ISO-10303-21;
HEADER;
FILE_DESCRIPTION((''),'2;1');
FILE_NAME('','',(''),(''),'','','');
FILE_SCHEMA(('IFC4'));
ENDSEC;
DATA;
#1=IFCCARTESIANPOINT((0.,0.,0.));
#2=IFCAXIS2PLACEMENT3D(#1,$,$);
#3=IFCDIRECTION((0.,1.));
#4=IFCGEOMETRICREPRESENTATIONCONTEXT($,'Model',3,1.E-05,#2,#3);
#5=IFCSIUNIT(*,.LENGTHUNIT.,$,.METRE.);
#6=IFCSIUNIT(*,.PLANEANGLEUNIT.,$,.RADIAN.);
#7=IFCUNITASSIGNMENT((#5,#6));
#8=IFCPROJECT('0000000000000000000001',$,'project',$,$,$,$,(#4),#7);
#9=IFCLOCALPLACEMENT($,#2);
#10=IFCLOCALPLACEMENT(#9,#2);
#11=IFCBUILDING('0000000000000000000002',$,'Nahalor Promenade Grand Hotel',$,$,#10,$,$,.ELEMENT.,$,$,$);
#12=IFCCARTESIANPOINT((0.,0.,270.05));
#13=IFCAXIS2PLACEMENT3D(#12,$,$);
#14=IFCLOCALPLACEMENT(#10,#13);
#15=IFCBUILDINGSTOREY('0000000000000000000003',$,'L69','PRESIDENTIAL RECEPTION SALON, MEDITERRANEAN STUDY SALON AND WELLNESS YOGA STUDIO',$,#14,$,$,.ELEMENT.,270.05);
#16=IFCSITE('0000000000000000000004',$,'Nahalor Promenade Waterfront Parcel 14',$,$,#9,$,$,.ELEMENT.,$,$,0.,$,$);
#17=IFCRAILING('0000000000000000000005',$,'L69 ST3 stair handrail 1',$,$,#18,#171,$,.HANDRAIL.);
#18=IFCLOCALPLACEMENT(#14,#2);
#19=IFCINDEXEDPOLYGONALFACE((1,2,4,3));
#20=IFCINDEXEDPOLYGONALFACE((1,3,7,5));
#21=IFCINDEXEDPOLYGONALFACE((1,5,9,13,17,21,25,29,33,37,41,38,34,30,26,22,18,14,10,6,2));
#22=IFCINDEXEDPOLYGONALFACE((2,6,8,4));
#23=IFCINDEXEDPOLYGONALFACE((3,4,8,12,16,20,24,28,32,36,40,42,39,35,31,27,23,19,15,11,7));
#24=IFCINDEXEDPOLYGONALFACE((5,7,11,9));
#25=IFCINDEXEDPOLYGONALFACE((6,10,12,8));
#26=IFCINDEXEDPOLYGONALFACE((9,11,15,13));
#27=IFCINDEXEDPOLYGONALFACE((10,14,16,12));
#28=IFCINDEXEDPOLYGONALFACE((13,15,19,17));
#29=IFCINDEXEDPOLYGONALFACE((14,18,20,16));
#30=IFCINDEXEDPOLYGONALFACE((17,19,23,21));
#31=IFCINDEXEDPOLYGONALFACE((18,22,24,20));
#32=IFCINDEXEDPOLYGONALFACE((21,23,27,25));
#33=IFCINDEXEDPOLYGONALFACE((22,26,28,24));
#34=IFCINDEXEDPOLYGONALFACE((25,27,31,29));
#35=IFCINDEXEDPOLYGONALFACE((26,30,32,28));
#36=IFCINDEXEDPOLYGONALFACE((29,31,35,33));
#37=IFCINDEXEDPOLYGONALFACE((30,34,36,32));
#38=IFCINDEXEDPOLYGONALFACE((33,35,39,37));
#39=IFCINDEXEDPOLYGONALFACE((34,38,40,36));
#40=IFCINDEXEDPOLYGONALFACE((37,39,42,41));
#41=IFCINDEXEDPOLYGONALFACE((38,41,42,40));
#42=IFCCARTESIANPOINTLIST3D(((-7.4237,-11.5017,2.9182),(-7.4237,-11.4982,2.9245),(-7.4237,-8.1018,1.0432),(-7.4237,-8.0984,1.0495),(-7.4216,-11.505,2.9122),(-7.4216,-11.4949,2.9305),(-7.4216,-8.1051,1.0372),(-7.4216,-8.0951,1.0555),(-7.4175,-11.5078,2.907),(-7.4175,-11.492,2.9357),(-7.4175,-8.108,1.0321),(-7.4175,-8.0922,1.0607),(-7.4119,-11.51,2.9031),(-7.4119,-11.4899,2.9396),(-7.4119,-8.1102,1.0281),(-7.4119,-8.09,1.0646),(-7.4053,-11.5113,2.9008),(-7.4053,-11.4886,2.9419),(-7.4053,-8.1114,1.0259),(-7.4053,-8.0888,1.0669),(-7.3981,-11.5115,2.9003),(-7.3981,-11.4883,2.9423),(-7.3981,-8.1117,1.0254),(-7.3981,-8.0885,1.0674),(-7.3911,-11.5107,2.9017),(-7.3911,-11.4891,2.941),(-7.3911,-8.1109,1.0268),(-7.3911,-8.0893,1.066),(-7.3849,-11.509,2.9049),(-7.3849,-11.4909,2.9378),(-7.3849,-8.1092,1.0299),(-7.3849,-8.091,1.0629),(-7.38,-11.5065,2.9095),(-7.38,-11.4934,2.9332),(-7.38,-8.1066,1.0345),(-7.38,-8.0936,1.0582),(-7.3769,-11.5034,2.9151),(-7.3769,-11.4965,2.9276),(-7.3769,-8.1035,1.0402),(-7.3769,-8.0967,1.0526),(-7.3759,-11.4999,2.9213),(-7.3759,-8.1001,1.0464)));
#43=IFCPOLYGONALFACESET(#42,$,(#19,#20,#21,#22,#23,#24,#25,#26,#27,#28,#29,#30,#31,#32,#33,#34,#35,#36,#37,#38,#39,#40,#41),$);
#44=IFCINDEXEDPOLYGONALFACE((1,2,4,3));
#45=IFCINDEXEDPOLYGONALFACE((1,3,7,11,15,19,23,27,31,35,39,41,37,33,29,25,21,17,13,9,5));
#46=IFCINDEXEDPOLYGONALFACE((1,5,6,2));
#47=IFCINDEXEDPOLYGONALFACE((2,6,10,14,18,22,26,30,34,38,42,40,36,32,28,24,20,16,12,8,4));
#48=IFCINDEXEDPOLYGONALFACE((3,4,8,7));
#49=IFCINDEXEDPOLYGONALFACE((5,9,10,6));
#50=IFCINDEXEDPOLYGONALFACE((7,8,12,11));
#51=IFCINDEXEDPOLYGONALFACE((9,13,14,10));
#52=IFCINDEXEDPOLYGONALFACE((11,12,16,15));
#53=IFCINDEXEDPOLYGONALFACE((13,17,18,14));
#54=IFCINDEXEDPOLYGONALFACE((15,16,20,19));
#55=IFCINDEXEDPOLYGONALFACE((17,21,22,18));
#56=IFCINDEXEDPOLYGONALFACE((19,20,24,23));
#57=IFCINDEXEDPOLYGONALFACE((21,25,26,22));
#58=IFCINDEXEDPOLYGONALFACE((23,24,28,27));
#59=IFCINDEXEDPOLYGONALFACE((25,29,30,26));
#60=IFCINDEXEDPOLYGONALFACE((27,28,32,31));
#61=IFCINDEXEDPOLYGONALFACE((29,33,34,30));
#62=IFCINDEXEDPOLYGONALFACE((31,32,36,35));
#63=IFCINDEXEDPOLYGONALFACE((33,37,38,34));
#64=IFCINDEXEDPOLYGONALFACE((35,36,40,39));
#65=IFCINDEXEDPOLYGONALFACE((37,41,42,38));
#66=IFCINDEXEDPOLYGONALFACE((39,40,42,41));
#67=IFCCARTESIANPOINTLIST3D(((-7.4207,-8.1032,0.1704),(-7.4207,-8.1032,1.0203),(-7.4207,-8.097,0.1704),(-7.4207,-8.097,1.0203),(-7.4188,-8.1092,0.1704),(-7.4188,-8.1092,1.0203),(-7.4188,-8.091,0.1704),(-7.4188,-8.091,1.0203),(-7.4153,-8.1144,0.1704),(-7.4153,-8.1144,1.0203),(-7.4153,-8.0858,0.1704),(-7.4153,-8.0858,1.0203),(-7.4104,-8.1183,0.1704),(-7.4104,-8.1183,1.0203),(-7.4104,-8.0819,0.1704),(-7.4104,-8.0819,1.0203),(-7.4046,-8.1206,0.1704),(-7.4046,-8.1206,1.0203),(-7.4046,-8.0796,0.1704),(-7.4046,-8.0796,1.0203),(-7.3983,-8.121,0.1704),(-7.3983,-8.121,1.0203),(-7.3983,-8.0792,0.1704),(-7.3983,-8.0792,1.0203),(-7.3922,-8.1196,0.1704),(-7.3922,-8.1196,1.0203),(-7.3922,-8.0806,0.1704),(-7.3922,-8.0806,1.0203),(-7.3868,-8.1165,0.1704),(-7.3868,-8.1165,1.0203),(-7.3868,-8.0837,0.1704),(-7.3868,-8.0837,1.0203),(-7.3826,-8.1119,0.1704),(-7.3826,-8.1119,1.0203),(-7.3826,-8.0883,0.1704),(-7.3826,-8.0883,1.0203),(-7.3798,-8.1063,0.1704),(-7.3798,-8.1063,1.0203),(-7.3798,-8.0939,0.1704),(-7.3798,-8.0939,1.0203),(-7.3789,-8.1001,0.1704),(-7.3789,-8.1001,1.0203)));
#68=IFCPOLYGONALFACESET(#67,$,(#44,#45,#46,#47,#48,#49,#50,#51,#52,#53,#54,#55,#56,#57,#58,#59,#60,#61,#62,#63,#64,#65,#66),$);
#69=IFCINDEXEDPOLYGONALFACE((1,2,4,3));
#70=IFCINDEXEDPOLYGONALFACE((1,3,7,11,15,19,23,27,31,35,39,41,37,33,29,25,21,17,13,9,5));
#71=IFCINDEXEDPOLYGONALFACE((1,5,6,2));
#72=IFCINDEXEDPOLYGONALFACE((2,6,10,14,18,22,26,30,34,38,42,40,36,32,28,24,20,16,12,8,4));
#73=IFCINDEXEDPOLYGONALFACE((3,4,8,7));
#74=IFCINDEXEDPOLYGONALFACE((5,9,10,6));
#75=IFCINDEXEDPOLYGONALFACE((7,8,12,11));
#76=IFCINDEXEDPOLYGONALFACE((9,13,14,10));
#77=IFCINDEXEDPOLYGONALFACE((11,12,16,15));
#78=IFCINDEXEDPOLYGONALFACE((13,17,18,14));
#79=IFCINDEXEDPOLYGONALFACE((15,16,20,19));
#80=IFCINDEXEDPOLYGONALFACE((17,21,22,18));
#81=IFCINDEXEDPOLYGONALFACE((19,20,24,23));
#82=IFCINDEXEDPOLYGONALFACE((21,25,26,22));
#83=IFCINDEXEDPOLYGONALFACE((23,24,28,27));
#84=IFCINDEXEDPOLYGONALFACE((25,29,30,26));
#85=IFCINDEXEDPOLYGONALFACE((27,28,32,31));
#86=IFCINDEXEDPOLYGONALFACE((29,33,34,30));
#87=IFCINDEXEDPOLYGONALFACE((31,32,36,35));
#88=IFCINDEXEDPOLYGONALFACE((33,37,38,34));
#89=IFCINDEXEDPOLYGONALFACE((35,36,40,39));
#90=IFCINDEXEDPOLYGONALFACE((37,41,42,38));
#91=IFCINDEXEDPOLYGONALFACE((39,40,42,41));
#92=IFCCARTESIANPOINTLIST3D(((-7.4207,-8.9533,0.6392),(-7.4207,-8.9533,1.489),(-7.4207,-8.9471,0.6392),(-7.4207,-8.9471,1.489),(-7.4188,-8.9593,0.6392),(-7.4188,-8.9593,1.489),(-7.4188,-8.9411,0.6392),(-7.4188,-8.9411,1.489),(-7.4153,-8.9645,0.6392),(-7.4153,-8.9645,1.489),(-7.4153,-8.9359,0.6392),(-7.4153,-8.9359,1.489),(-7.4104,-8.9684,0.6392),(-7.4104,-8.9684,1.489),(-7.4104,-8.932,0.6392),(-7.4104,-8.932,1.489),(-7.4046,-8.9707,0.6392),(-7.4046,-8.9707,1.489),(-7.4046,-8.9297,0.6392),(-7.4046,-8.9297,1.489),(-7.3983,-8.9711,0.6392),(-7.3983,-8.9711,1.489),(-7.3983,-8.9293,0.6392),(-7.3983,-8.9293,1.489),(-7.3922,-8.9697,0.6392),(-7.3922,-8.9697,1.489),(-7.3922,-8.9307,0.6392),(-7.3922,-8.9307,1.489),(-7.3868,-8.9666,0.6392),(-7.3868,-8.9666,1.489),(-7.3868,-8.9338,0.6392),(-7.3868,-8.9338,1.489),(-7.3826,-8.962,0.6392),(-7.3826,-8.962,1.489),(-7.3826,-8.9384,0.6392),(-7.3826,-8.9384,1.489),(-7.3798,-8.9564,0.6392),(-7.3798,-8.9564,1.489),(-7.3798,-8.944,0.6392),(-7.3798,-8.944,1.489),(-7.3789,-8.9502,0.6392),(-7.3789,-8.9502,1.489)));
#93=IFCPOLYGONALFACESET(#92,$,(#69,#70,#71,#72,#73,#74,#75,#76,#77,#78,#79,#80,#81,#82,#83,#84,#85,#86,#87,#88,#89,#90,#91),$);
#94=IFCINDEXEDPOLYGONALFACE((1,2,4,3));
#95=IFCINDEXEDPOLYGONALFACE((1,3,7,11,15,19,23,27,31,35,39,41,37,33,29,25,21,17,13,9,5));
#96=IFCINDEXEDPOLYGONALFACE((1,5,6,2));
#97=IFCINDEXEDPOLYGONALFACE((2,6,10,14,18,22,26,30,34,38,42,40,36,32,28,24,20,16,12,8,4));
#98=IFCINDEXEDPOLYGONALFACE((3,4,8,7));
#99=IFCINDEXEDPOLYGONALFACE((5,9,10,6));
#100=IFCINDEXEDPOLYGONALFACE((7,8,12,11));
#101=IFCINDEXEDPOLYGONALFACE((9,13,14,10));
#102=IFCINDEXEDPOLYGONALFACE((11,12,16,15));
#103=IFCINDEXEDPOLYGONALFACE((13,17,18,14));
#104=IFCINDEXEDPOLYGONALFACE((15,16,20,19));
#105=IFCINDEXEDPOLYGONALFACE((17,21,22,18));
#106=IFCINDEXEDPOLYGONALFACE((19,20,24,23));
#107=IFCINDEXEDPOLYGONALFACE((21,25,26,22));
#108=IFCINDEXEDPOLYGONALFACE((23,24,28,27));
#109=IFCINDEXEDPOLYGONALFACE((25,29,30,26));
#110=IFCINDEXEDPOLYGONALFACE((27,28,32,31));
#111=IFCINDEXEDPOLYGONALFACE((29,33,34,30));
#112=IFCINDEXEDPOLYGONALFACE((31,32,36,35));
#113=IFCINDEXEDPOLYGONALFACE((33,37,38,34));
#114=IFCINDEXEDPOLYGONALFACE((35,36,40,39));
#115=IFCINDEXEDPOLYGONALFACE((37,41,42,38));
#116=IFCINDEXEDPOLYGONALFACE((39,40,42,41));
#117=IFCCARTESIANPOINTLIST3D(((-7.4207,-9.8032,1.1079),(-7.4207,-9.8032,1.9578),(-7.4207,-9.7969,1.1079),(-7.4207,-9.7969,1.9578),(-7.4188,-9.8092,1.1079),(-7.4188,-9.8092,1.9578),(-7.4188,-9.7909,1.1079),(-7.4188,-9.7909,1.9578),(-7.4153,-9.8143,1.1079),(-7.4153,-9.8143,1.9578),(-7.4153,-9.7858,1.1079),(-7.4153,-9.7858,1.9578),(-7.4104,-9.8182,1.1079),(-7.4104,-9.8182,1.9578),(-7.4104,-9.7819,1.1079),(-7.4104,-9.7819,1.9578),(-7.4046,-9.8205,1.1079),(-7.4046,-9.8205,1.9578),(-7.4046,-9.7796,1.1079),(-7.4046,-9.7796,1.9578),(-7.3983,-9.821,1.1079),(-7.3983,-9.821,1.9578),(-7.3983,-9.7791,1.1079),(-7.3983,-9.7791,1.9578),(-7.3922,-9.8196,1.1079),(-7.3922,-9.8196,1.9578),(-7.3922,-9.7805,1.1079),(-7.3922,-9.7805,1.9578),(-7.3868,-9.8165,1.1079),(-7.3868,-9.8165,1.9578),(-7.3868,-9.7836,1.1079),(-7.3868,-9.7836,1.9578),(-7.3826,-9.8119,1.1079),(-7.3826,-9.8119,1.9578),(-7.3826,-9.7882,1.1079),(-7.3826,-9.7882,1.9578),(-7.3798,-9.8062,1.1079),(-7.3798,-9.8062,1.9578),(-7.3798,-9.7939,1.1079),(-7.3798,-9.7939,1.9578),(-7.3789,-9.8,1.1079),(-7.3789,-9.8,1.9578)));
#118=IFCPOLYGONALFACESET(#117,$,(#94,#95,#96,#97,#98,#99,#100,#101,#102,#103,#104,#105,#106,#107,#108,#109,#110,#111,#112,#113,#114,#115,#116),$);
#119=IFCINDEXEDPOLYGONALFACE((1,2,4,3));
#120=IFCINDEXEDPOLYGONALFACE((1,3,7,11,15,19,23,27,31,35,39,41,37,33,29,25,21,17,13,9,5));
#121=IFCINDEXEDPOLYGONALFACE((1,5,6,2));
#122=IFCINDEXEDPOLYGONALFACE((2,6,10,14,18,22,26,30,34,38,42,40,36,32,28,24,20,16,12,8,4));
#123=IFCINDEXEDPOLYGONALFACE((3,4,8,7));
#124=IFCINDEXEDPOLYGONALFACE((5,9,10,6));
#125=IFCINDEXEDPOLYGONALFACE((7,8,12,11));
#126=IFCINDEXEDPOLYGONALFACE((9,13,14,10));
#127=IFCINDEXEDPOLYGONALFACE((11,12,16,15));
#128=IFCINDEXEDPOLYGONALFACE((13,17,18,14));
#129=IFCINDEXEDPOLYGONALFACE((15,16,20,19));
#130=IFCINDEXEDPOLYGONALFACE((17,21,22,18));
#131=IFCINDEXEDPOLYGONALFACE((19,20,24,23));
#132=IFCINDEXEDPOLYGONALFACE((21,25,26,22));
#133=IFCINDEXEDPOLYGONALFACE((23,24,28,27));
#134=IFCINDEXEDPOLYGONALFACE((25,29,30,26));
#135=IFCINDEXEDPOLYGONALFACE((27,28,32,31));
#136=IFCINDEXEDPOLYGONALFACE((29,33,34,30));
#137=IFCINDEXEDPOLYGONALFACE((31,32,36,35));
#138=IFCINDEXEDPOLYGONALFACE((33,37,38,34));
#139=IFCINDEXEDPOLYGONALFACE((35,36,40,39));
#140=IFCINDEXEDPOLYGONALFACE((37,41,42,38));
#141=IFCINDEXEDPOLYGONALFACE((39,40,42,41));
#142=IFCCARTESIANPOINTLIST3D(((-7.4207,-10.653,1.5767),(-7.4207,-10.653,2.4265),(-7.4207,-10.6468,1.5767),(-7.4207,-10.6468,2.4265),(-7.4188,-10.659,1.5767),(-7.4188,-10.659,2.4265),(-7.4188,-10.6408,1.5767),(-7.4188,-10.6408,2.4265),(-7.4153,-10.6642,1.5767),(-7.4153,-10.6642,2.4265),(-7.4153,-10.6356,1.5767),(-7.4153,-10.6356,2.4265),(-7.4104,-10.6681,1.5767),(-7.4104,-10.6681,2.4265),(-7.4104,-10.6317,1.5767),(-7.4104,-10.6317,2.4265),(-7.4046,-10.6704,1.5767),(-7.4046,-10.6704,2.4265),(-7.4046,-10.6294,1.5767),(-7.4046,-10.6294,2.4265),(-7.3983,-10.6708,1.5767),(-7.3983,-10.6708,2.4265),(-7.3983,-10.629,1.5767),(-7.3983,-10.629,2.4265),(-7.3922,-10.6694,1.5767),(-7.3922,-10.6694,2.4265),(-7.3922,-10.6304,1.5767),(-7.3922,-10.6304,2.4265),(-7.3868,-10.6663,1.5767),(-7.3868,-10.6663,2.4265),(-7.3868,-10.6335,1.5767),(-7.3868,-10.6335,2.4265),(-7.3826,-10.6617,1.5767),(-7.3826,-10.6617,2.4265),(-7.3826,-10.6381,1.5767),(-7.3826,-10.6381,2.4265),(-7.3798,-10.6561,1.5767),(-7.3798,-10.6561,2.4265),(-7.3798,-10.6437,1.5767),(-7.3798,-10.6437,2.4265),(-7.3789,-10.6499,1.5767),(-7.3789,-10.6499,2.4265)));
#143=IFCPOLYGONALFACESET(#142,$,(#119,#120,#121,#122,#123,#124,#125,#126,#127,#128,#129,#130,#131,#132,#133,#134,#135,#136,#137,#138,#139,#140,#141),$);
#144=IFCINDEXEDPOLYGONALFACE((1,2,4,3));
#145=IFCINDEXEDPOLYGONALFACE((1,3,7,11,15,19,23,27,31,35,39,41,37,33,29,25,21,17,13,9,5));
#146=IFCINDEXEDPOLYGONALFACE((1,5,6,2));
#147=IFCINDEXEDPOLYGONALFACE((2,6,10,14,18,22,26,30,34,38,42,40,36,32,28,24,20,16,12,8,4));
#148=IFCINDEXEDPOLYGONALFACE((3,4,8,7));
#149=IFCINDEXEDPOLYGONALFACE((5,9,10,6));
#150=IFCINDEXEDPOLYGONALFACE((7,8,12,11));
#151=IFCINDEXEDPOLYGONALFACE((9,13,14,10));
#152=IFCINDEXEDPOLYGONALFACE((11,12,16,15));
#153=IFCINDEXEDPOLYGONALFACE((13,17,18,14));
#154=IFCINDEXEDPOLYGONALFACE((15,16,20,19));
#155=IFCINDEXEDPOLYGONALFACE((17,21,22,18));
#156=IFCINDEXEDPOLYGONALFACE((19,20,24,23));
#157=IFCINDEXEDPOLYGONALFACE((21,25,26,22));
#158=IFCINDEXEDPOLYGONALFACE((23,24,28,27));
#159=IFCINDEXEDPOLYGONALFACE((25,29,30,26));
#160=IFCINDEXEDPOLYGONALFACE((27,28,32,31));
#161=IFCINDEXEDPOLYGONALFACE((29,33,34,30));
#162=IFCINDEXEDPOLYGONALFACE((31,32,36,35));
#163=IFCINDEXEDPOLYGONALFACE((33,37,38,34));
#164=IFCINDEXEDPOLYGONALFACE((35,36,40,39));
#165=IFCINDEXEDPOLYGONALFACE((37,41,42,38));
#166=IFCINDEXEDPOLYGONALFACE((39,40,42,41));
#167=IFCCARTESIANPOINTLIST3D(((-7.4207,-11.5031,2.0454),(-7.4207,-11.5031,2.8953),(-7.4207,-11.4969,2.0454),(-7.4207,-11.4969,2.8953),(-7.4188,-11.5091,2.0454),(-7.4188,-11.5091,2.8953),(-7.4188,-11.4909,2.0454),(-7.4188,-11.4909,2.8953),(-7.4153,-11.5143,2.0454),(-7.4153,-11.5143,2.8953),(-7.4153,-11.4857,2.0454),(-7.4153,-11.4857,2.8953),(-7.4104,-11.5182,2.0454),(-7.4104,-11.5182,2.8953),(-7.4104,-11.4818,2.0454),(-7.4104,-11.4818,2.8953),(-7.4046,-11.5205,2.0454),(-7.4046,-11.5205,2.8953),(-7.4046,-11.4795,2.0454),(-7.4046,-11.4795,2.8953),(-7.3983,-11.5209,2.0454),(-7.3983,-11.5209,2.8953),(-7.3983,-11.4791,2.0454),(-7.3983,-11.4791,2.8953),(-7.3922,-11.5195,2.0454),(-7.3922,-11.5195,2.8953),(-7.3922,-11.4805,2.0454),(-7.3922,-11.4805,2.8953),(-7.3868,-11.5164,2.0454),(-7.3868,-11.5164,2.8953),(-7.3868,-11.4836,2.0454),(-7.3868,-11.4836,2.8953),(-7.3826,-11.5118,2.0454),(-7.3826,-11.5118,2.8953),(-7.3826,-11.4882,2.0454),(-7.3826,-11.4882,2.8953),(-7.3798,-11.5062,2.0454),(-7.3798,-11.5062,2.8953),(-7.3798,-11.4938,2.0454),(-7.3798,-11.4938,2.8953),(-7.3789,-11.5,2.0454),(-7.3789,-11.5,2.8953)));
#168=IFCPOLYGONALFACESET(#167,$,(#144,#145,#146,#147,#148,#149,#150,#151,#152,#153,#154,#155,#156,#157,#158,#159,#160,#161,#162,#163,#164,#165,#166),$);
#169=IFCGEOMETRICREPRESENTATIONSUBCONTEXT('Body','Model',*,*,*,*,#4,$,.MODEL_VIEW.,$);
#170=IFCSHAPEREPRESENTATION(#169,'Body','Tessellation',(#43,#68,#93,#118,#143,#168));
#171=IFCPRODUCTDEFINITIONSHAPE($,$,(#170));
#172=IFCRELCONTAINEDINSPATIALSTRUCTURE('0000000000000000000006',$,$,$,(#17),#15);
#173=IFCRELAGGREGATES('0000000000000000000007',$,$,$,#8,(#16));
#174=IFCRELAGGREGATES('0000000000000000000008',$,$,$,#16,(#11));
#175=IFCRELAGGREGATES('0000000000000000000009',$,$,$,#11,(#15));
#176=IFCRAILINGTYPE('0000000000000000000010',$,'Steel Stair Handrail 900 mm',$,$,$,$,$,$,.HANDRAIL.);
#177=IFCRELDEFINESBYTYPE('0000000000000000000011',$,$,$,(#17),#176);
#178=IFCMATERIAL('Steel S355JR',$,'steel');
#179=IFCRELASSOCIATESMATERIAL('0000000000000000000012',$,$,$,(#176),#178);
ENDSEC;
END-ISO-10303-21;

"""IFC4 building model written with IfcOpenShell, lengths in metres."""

from ifc_helpers import new_model, si_unit, direction, frame, origin, origin_2d, place, context, subcontext, project, spatial, circle, extrude, material, type_object, element, save


model = new_model("IFC4")

# Units and contexts
model_context = context("Model", 3, precision=1e-05, world=origin(), true_north=direction((0.0, 1.0)))
body_context = subcontext(model_context, "Body", "Model", "MODEL_VIEW")
ifc_project = project(units=[si_unit("LENGTHUNIT", "METRE"), si_unit("PLANEANGLEUNIT", "RADIAN")], contexts=[model_context])

# Site, building, storey
site_placement = place(None, origin())
site = spatial("IfcSite", under=ifc_project, at=site_placement, Name="Nahalor Promenade Waterfront Parcel 14", CompositionType="ELEMENT", RefElevation=0.0)
building_placement = place(site_placement, origin())
building = spatial("IfcBuilding", under=site, at=building_placement, Name="Nahalor Promenade Grand Hotel", CompositionType="ELEMENT")
storey_placement = place(building_placement, frame((0.0, 0.0, 270.05)))
storey = spatial("IfcBuildingStorey", under=building, at=storey_placement, Name="L69", Description="PRESIDENTIAL RECEPTION SALON, MEDITERRANEAN STUDY SALON AND WELLNESS YOGA STUDIO", CompositionType="ELEMENT", Elevation=270.05)

# Shared definitions
ifc_material_1 = material(Name="Steel S355JR", Category="steel")

# Railing
railing_type_1 = type_object("IfcRailingType", Name="Steel Stair Handrail 900 mm", PredefinedType="HANDRAIL", material=ifc_material_1)
railing_1_placement = place(storey_placement, frame((-7.3999, -8.1001, 0.1704)))
element("IfcRailing", 1, at=railing_1_placement, inside=storey, type_object=railing_type_1, Name="L69 ST3 stair handrail 1", PredefinedType="HANDRAIL", context=body_context, shape_type="SweptSolid", body=[
    extrude(circle(Radius=0.024, at=origin_2d()), frame((0.0, 0.0, 0.876), z_axis=(0.0, -0.875666, 0.482918), x_axis=(1.0, 0.0, 0.0)), (0.0, 0.0, 1.0), 3.8826),
    extrude(circle(Radius=0.021, at=origin_2d()), origin(), (0.0, 0.0, 1.0), 0.8499),
    extrude(circle(Radius=0.021, at=origin_2d()), frame((0.0, -0.8501, 0.4688)), (0.0, 0.0, 1.0), 0.8499),
    extrude(circle(Radius=0.021, at=origin_2d()), frame((0.0, -1.7, 0.9375)), (0.0, 0.0, 1.0), 0.8499),
    extrude(circle(Radius=0.021, at=origin_2d()), frame((0.0, -2.5498, 1.4062)), (0.0, 0.0, 1.0), 0.8499),
    extrude(circle(Radius=0.021, at=origin_2d()), frame((0.0, -3.3999, 1.875)), (0.0, 0.0, 1.0), 0.8499),
])

save(model, "model.ifc")
